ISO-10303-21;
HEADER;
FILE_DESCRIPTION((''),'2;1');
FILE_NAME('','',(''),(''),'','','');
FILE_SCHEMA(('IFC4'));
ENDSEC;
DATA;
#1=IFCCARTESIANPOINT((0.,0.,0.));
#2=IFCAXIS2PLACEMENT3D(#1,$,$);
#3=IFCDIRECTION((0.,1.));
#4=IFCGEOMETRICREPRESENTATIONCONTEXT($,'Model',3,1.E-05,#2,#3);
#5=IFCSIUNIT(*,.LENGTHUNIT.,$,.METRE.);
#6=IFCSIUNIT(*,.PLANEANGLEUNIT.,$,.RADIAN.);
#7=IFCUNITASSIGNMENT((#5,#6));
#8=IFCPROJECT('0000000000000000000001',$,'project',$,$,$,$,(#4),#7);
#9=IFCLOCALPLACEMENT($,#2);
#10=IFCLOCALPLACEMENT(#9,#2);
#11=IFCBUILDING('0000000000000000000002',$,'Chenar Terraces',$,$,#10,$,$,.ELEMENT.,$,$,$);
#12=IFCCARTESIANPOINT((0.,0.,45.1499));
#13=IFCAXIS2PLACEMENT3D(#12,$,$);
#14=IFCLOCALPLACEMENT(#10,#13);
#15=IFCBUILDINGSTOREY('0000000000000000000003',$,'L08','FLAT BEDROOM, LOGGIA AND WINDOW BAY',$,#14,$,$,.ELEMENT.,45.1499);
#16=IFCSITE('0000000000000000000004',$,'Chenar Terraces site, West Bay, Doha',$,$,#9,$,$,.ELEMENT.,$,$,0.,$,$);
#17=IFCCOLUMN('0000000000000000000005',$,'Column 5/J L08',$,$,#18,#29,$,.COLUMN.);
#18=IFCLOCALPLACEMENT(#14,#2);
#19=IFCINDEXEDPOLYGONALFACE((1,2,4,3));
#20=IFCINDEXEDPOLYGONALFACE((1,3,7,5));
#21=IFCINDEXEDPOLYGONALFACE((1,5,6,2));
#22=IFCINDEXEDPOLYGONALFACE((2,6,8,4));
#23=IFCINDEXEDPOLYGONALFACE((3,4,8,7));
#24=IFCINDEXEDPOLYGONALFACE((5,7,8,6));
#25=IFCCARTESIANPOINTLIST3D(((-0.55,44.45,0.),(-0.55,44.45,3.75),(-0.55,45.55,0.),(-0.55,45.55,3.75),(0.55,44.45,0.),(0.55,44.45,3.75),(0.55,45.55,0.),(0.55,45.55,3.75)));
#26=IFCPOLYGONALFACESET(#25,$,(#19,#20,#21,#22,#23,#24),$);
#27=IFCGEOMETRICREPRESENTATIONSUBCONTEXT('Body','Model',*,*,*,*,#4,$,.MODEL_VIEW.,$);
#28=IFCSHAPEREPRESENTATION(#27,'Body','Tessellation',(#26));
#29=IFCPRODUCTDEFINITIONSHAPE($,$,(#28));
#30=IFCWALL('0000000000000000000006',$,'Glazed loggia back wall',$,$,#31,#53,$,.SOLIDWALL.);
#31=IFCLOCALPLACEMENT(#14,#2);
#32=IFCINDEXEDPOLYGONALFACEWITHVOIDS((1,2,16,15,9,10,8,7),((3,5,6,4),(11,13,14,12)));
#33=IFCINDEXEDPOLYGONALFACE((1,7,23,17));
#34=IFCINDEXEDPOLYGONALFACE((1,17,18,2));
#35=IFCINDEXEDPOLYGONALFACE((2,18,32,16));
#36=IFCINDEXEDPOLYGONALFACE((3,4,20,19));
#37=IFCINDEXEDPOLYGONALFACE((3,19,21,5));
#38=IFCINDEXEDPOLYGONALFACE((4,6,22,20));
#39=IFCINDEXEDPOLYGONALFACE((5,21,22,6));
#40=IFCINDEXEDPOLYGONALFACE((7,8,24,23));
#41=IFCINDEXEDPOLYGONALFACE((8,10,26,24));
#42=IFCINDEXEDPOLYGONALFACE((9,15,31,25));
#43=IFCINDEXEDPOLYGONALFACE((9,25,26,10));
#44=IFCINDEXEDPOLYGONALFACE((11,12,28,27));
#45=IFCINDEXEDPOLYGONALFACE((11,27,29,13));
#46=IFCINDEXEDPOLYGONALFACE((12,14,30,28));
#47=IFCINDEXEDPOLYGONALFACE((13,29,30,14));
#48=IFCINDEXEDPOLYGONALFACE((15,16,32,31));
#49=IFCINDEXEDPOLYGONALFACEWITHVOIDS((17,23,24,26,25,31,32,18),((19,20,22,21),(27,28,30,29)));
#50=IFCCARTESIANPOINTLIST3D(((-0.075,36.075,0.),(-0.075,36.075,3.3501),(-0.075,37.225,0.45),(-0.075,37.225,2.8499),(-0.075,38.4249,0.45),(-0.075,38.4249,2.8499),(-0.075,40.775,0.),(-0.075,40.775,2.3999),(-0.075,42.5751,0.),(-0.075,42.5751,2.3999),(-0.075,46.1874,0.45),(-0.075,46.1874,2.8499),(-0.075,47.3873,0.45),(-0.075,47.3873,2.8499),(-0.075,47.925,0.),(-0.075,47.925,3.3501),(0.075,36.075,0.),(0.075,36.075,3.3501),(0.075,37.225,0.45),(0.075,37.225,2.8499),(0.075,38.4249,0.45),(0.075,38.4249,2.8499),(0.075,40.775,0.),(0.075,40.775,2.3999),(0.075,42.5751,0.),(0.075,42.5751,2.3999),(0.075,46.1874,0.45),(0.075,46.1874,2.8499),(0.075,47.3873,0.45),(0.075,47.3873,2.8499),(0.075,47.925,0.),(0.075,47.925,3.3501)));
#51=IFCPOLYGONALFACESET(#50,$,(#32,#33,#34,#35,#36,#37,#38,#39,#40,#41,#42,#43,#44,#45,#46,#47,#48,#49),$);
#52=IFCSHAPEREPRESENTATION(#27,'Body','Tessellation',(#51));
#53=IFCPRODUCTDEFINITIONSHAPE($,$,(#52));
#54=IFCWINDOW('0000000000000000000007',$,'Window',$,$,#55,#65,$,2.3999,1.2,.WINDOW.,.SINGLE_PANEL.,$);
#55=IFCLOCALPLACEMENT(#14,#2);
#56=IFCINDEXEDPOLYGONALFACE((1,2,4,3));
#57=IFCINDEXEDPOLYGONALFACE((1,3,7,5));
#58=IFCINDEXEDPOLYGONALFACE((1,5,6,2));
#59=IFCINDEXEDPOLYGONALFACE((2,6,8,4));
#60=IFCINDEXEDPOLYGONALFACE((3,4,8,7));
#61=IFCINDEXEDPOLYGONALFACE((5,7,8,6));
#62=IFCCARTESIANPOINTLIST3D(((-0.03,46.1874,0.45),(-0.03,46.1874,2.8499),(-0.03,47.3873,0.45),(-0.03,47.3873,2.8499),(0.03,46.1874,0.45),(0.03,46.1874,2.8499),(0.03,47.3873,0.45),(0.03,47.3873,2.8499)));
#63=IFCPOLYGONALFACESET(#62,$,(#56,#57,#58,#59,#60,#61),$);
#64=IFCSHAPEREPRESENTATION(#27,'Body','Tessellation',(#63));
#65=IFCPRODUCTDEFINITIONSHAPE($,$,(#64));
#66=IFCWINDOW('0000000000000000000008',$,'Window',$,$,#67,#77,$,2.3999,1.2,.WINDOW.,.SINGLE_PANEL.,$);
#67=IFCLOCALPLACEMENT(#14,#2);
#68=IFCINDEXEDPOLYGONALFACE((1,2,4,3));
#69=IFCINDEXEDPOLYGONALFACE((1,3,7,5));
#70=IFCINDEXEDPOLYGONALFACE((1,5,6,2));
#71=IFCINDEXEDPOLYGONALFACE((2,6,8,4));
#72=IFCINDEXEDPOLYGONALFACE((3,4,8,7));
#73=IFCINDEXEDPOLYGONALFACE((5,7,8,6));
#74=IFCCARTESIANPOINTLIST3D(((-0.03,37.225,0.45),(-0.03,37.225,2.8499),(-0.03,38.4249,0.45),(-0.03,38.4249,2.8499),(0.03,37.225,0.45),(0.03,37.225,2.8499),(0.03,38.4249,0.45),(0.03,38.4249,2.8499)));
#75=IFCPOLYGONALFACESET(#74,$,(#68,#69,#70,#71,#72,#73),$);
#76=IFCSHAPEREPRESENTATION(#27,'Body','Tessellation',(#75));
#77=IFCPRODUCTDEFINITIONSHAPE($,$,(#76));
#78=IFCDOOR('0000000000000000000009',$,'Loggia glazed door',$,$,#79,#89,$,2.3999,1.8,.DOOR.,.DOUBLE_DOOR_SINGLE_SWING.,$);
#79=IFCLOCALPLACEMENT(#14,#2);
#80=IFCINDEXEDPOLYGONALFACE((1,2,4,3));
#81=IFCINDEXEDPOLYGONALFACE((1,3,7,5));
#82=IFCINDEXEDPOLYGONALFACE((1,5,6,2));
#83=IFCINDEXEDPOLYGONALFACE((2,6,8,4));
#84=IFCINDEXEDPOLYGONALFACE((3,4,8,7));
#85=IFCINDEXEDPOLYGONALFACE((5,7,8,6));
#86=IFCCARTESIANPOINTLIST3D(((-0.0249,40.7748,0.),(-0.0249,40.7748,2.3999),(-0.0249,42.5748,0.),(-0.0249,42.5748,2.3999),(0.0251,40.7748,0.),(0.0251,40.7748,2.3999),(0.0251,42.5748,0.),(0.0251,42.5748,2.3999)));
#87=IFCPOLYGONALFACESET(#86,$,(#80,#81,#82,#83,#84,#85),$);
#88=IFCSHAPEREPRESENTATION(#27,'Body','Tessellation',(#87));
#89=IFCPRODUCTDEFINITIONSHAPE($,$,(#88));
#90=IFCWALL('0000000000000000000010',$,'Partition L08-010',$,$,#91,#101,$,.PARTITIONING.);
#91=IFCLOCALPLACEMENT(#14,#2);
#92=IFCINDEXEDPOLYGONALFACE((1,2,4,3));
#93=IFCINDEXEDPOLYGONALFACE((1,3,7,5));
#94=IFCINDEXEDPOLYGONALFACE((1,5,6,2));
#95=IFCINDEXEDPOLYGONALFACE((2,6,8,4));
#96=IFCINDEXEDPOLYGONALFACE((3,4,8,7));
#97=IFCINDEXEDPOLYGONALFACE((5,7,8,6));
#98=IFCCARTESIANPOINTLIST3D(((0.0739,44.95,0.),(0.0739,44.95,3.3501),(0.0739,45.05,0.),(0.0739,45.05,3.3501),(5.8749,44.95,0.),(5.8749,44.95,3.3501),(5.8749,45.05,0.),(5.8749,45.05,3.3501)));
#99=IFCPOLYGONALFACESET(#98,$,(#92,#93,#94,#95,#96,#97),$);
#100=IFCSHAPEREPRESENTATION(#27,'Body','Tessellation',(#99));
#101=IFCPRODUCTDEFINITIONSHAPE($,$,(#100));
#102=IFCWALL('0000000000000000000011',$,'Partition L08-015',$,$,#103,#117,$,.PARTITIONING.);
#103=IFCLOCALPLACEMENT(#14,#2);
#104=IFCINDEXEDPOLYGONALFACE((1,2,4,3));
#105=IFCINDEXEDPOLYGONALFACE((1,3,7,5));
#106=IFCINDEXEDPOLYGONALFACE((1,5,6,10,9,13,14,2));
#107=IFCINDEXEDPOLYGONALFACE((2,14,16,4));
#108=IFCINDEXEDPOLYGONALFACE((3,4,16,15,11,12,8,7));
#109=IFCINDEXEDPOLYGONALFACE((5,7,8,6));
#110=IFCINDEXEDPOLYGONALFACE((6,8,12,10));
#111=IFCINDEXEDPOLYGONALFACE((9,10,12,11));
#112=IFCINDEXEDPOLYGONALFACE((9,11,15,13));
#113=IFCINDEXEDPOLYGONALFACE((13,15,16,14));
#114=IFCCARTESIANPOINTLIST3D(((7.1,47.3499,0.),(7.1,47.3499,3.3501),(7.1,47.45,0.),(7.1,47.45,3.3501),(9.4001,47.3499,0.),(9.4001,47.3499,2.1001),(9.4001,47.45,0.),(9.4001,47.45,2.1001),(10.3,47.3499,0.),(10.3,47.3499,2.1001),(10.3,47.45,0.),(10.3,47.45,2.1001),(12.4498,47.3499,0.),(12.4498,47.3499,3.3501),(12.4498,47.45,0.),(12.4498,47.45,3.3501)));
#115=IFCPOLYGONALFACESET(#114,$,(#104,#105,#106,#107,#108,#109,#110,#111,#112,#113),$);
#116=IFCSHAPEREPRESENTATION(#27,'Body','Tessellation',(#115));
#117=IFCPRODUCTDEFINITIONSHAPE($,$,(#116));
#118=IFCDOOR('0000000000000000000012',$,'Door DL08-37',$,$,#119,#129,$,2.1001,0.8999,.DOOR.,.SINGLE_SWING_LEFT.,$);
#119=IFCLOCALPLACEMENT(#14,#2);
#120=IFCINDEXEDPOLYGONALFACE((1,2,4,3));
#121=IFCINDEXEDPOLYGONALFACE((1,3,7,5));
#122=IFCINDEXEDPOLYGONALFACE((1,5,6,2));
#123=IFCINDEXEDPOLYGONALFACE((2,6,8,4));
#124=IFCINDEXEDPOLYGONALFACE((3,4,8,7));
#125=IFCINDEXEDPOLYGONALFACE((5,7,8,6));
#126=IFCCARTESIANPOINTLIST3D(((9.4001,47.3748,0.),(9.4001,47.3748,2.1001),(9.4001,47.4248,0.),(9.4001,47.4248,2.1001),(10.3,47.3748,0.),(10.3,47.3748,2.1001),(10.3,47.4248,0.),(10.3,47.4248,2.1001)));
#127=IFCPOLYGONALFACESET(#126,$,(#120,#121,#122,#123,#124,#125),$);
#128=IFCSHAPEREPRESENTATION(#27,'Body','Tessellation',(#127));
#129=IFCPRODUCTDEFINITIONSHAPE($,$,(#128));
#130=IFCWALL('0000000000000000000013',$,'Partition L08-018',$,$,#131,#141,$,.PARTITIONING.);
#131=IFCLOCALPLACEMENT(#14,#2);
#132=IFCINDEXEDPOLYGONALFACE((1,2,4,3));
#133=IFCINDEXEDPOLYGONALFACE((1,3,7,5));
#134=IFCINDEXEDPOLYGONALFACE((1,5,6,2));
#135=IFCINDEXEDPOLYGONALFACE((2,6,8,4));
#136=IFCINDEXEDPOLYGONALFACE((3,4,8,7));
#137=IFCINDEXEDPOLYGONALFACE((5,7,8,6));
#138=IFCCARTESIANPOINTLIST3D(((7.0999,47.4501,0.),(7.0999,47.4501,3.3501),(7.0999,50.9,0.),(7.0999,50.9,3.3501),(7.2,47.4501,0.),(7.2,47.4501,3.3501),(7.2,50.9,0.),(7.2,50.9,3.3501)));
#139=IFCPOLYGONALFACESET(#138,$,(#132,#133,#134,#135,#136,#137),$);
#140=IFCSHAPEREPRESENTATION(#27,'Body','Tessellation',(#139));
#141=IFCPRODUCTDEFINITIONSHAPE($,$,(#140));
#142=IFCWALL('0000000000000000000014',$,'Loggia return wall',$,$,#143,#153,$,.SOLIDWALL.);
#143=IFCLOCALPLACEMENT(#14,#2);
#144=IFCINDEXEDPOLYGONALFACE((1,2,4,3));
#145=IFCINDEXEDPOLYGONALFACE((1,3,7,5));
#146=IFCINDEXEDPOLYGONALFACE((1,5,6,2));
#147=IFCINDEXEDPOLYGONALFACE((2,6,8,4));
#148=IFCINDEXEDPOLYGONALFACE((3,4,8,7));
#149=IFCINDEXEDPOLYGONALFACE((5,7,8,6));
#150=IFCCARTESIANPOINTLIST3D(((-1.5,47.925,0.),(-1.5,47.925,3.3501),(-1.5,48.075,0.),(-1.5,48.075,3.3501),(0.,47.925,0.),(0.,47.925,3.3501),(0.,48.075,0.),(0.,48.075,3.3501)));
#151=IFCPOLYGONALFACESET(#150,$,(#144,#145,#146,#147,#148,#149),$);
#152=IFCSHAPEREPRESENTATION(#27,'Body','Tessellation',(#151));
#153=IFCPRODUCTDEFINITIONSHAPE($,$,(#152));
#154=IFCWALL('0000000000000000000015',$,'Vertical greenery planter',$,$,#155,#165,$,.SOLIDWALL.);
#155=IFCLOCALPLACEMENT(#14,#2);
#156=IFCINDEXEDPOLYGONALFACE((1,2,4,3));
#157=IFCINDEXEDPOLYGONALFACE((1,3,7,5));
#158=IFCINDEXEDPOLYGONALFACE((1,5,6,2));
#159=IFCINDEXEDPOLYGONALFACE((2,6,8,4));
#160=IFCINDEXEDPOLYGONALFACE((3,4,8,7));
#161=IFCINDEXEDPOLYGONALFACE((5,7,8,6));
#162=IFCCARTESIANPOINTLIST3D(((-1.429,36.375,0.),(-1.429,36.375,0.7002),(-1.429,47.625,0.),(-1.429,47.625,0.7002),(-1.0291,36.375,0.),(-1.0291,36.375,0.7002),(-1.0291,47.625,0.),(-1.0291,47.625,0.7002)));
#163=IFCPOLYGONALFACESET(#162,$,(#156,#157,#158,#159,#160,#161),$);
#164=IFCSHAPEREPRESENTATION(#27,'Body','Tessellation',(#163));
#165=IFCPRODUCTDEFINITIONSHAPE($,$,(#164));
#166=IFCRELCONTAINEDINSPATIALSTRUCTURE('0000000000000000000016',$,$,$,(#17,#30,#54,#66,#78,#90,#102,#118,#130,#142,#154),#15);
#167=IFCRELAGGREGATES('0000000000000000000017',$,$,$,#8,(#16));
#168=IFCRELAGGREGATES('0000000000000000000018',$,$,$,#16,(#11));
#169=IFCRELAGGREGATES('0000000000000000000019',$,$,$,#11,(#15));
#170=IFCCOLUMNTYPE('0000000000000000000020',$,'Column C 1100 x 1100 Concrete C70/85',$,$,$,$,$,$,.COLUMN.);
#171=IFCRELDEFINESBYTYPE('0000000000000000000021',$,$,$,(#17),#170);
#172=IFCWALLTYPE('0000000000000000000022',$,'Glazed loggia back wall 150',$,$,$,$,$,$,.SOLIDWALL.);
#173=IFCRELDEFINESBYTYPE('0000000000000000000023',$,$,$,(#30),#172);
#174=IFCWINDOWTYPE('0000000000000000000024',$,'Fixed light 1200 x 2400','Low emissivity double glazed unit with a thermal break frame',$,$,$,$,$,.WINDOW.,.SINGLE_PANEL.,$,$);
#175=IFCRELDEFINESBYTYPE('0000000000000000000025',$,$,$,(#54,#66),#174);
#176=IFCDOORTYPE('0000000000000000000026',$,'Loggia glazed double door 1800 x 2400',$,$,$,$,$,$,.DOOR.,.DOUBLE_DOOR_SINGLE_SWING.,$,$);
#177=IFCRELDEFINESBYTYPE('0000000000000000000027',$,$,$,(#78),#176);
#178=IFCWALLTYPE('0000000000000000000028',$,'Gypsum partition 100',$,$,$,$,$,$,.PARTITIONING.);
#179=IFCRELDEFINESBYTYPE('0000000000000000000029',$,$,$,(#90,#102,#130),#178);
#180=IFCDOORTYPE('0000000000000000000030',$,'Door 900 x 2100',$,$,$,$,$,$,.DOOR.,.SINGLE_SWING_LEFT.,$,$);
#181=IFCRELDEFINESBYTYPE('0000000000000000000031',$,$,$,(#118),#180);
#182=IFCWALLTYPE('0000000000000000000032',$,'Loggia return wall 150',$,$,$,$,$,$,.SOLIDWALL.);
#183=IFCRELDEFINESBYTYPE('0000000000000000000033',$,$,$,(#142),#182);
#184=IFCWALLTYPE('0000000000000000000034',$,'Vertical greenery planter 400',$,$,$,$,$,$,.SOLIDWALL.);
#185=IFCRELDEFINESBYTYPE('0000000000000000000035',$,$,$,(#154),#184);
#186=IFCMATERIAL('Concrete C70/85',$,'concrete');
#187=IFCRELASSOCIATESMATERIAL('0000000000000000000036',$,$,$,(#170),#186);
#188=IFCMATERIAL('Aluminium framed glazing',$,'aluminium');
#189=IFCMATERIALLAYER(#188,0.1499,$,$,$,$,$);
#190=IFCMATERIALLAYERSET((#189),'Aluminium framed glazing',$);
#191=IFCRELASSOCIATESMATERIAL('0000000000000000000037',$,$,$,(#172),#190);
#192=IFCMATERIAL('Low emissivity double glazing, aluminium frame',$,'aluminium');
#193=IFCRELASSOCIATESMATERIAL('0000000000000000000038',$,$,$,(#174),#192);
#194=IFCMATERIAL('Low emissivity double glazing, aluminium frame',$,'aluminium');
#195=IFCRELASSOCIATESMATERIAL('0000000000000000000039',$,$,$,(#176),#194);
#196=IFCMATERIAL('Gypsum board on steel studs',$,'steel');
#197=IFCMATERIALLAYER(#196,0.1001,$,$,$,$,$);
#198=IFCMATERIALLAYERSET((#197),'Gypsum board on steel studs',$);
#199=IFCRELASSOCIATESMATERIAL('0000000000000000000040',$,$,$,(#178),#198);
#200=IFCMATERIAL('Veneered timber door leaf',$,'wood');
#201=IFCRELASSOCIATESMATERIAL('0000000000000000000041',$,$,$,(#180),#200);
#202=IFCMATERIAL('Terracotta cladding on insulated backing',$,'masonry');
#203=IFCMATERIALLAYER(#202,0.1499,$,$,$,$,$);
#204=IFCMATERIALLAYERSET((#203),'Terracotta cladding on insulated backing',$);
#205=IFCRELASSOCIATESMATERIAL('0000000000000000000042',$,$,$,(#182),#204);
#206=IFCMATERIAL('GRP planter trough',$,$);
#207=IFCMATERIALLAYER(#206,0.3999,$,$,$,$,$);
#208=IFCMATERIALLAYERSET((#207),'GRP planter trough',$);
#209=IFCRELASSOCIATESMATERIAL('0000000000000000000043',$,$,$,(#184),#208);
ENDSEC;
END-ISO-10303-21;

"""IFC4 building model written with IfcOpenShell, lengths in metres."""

from ifc_helpers import new_model, si_unit, direction, frame, frame_2d, origin, origin_2d, place, context, subcontext, project, spatial, rectangle, extrude, material, layer, layer_set, material_profile, profile_set, type_object, element, fill, save


model = new_model("IFC4")

# Units and contexts
model_context = context("Model", 3, precision=1e-05, world=origin(), true_north=direction((0.0, 1.0)))
body_context = subcontext(model_context, "Body", "Model", "MODEL_VIEW")
ifc_project = project(units=[si_unit("LENGTHUNIT", "METRE"), si_unit("PLANEANGLEUNIT", "RADIAN")], contexts=[model_context])

# Site, building, storey
site_placement = place(None, origin())
site = spatial("IfcSite", under=ifc_project, at=site_placement, Name="Chenar Terraces site, West Bay, Doha", CompositionType="ELEMENT", RefElevation=0.0)
building_placement = place(site_placement, origin())
building = spatial("IfcBuilding", under=site, at=building_placement, Name="Chenar Terraces", CompositionType="ELEMENT")
storey_placement = place(building_placement, frame((0.0, 0.0, 45.1499)))
storey = spatial("IfcBuildingStorey", under=building, at=storey_placement, Name="L08", Description="FLAT BEDROOM, LOGGIA AND WINDOW BAY", CompositionType="ELEMENT", Elevation=45.1499)

# Column
ifc_material_1 = material(Name="Concrete C70/85", Category="concrete")
ifc_material_profile = material_profile(ifc_material_1, rectangle(XDim=1.1001, YDim=1.1001, at=origin_2d()), Name="C 1100 x 1100")
ifc_profile_set = profile_set([ifc_material_profile], Name="Concrete C70/85")
column_type = type_object("IfcColumnType", Name="Column C 1100 x 1100 Concrete C70/85", PredefinedType="COLUMN", material=ifc_profile_set)
column_placement = place(storey_placement, frame((0.0, 45.0, 0.0), z_axis=(0.0, 0.0, 1.0), x_axis=(1.0, 0.0, 0.0)))
element("IfcColumn", 1, at=column_placement, inside=storey, type_object=column_type, Name="Column 5/J L08", PredefinedType="COLUMN", context=body_context, shape_type="SweptSolid", body=[
    extrude(rectangle(XDim=1.1001, YDim=1.1001, at=origin_2d()), origin(), (0.0, 0.0, 1.0), 3.75),
])

# Wall, openings, windows, door
ifc_material_2 = material(Name="Aluminium framed glazing", Category="aluminium")
ifc_layer_1 = layer(ifc_material_2, 0.1499)
ifc_layer_set_1 = layer_set([ifc_layer_1], Name="Aluminium framed glazing")
wall_type_1 = type_object("IfcWallType", Name="Glazed loggia back wall 150", PredefinedType="SOLIDWALL", material=ifc_layer_set_1)
wall_1_placement = place(storey_placement, frame((0.0, 47.925, 0.0), z_axis=(0.0, 0.0, 1.0), x_axis=(0.0, -1.0, 0.0)))
wall_1 = element("IfcWall", 2, at=wall_1_placement, inside=storey, type_object=wall_type_1, Name="Glazed loggia back wall", PredefinedType="SOLIDWALL", context=body_context, shape_type="SweptSolid", body=[
    extrude(rectangle(XDim=11.8501, YDim=0.1499, at=frame_2d((5.925, 0.0))), origin(), (0.0, 0.0, 1.0), 3.3501),
])
opening_1_placement = place(wall_1_placement, frame((0.5376, 0.0, 0.45)))
opening_1 = element("IfcOpeningElement", 3, at=opening_1_placement, cuts=wall_1, PredefinedType="OPENING", context=body_context, shape_type="SweptSolid", body=[
    extrude(rectangle(XDim=1.2, YDim=2.3999, at=frame_2d((0.6001, 1.2))), frame((0.0, 0.085, 0.0), z_axis=(0.0, -1.0, 0.0), x_axis=(1.0, 0.0, 0.0)), (0.0, 0.0, 1.0), 0.1699),
])
opening_2_placement = place(wall_1_placement, frame((5.3501, 0.0, 0.0)))
opening_2 = element("IfcOpeningElement", 4, at=opening_2_placement, cuts=wall_1, PredefinedType="OPENING", context=body_context, shape_type="SweptSolid", body=[
    extrude(rectangle(XDim=1.8, YDim=2.3999, at=frame_2d((0.8999, 1.2))), frame((0.0, 0.085, 0.0), z_axis=(0.0, -1.0, 0.0), x_axis=(1.0, 0.0, 0.0)), (0.0, 0.0, 1.0), 0.1699),
])
opening_3_placement = place(wall_1_placement, frame((9.5, 0.0, 0.45)))
opening_3 = element("IfcOpeningElement", 5, at=opening_3_placement, cuts=wall_1, PredefinedType="OPENING", context=body_context, shape_type="SweptSolid", body=[
    extrude(rectangle(XDim=1.2, YDim=2.3999, at=frame_2d((0.6001, 1.2))), frame((0.0, 0.085, 0.0), z_axis=(0.0, -1.0, 0.0), x_axis=(1.0, 0.0, 0.0)), (0.0, 0.0, 1.0), 0.1699),
])
ifc_material_3 = material(Name="Low emissivity double glazing, aluminium frame", Category="aluminium")
window_type = type_object("IfcWindowType", Name="Fixed light 1200 x 2400", Description="Low emissivity double glazed unit with a thermal break frame", PartitioningType="SINGLE_PANEL", PredefinedType="WINDOW", material=ifc_material_3)
window_1_placement = place(opening_1_placement, origin())
window_1 = element("IfcWindow", 6, at=window_1_placement, inside=storey, type_object=window_type, Name="Window", OverallHeight=2.3999, OverallWidth=1.2, PartitioningType="SINGLE_PANEL", PredefinedType="WINDOW", context=body_context, shape_type="SweptSolid", body=[
    extrude(rectangle(XDim=1.2, YDim=2.3999, at=frame_2d((0.6001, 1.2))), frame((0.0, 0.03, 0.0), z_axis=(0.0, -1.0, 0.0), x_axis=(1.0, 0.0, 0.0)), (0.0, 0.0, 1.0), 0.0601),
])
fill(opening_1, window_1)
window_2_placement = place(opening_3_placement, origin())
window_2 = element("IfcWindow", 7, at=window_2_placement, inside=storey, type_object=window_type, Name="Window", OverallHeight=2.3999, OverallWidth=1.2, PartitioningType="SINGLE_PANEL", PredefinedType="WINDOW", context=body_context, shape_type="SweptSolid", body=[
    extrude(rectangle(XDim=1.2, YDim=2.3999, at=frame_2d((0.6001, 1.2))), frame((0.0, 0.03, 0.0), z_axis=(0.0, -1.0, 0.0), x_axis=(1.0, 0.0, 0.0)), (0.0, 0.0, 1.0), 0.0601),
])
fill(opening_3, window_2)
ifc_material_4 = material(Name="Low emissivity double glazing, aluminium frame", Category="aluminium")
door_type_1 = type_object("IfcDoorType", Name="Loggia glazed double door 1800 x 2400", OperationType="DOUBLE_DOOR_SINGLE_SWING", PredefinedType="DOOR", material=ifc_material_4)
door_1_placement = place(opening_2_placement, frame((1.8, 0.0, 0.0), z_axis=(0.0, 0.0, 1.0), x_axis=(-1.0, 0.0, 0.0)))
door_1 = element("IfcDoor", 8, at=door_1_placement, inside=storey, type_object=door_type_1, Name="Loggia glazed door", OperationType="DOUBLE_DOOR_SINGLE_SWING", OverallHeight=2.3999, OverallWidth=1.8, PredefinedType="DOOR", context=body_context, shape_type="SweptSolid", body=[
    extrude(rectangle(XDim=1.8, YDim=2.3999, at=frame_2d((0.8999, 1.2))), frame((0.0, 0.0249, 0.0), z_axis=(0.0, -1.0, 0.0), x_axis=(1.0, 0.0, 0.0)), (0.0, 0.0, 1.0), 0.05),
])
fill(opening_2, door_1)

# Wall
ifc_material_5 = material(Name="Gypsum board on steel studs", Category="steel")
ifc_layer_2 = layer(ifc_material_5, 0.1001)
ifc_layer_set_2 = layer_set([ifc_layer_2], Name="Gypsum board on steel studs")
wall_type_2 = type_object("IfcWallType", Name="Gypsum partition 100", PredefinedType="PARTITIONING", material=ifc_layer_set_2)
wall_2_placement = place(storey_placement, frame((0.074, 45.0, 0.0), z_axis=(0.0, 0.0, 1.0), x_axis=(1.0, 0.0, 0.0)))
element("IfcWall", 9, at=wall_2_placement, inside=storey, type_object=wall_type_2, Name="Partition L08-010", PredefinedType="PARTITIONING", context=body_context, shape_type="SweptSolid", body=[
    extrude(rectangle(XDim=5.801, YDim=0.1001, at=frame_2d((2.9004, 0.0))), origin(), (0.0, 0.0, 1.0), 3.3501),
])

# Wall, opening, door
wall_3_placement = place(storey_placement, frame((7.1001, 47.3999, 0.0), z_axis=(0.0, 0.0, 1.0), x_axis=(1.0, 0.0, 0.0)))
wall_3 = element("IfcWall", 10, at=wall_3_placement, inside=storey, type_object=wall_type_2, Name="Partition L08-015", PredefinedType="PARTITIONING", context=body_context, shape_type="SweptSolid", body=[
    extrude(rectangle(XDim=5.3499, YDim=0.1001, at=frame_2d((2.6748, 0.0))), origin(), (0.0, 0.0, 1.0), 3.3501),
])
opening_4_placement = place(wall_3_placement, frame((2.3, 0.0, 0.0)))
opening_4 = element("IfcOpeningElement", 11, at=opening_4_placement, cuts=wall_3, PredefinedType="OPENING", context=body_context, shape_type="SweptSolid", body=[
    extrude(rectangle(XDim=0.8999, YDim=2.1001, at=frame_2d((0.45, 1.05))), frame((0.0, 0.0601, 0.0), z_axis=(0.0, -1.0, 0.0), x_axis=(1.0, 0.0, 0.0)), (0.0, 0.0, 1.0), 0.1201),
])
ifc_material_6 = material(Name="Veneered timber door leaf", Category="wood")
door_type_2 = type_object("IfcDoorType", Name="Door 900 x 2100", OperationType="SINGLE_SWING_LEFT", PredefinedType="DOOR", material=ifc_material_6)
door_2_placement = place(opening_4_placement, origin())
door_2 = element("IfcDoor", 12, at=door_2_placement, inside=storey, type_object=door_type_2, Name="Door DL08-37", OperationType="SINGLE_SWING_LEFT", OverallHeight=2.1001, OverallWidth=0.8999, PredefinedType="DOOR", context=body_context, shape_type="SweptSolid", body=[
    extrude(rectangle(XDim=0.8999, YDim=2.1001, at=frame_2d((0.45, 1.05))), frame((0.0, 0.0249, 0.0), z_axis=(0.0, -1.0, 0.0), x_axis=(1.0, 0.0, 0.0)), (0.0, 0.0, 1.0), 0.05),
])
fill(opening_4, door_2)

# Walls
wall_4_placement = place(storey_placement, frame((7.1499, 47.45, 0.0), z_axis=(0.0, 0.0, 1.0), x_axis=(0.0, 1.0, 0.0)))
element("IfcWall", 13, at=wall_4_placement, inside=storey, type_object=wall_type_2, Name="Partition L08-018", PredefinedType="PARTITIONING", context=body_context, shape_type="SweptSolid", body=[
    extrude(rectangle(XDim=3.45, YDim=0.1001, at=frame_2d((1.7251, 0.0))), origin(), (0.0, 0.0, 1.0), 3.3501),
])
ifc_material_7 = material(Name="Terracotta cladding on insulated backing", Category="masonry")
ifc_layer_3 = layer(ifc_material_7, 0.1499)
ifc_layer_set_3 = layer_set([ifc_layer_3], Name="Terracotta cladding on insulated backing")
wall_type_3 = type_object("IfcWallType", Name="Loggia return wall 150", PredefinedType="SOLIDWALL", material=ifc_layer_set_3)
wall_5_placement = place(storey_placement, frame((-1.5, 48.0, 0.0), z_axis=(0.0, 0.0, 1.0), x_axis=(1.0, 0.0, 0.0)))
element("IfcWall", 14, at=wall_5_placement, inside=storey, type_object=wall_type_3, Name="Loggia return wall", PredefinedType="SOLIDWALL", context=body_context, shape_type="SweptSolid", body=[
    extrude(rectangle(XDim=1.5, YDim=0.1499, at=frame_2d((0.75, 0.0))), origin(), (0.0, 0.0, 1.0), 3.3501),
])
ifc_material_8 = material(Name="GRP planter trough")
ifc_layer_4 = layer(ifc_material_8, 0.3999)
ifc_layer_set_4 = layer_set([ifc_layer_4], Name="GRP planter trough")
wall_type_4 = type_object("IfcWallType", Name="Vertical greenery planter 400", PredefinedType="SOLIDWALL", material=ifc_layer_set_4)
wall_6_placement = place(storey_placement, frame((-1.229, 47.625, 0.0), z_axis=(0.0, 0.0, 1.0), x_axis=(0.0, -1.0, 0.0)))
element("IfcWall", 15, at=wall_6_placement, inside=storey, type_object=wall_type_4, Name="Vertical greenery planter", PredefinedType="SOLIDWALL", context=body_context, shape_type="SweptSolid", body=[
    extrude(rectangle(XDim=11.25, YDim=0.3999, at=frame_2d((5.625, 0.0))), origin(), (0.0, 0.0, 1.0), 0.7002),
])

save(model, "model.ifc")
